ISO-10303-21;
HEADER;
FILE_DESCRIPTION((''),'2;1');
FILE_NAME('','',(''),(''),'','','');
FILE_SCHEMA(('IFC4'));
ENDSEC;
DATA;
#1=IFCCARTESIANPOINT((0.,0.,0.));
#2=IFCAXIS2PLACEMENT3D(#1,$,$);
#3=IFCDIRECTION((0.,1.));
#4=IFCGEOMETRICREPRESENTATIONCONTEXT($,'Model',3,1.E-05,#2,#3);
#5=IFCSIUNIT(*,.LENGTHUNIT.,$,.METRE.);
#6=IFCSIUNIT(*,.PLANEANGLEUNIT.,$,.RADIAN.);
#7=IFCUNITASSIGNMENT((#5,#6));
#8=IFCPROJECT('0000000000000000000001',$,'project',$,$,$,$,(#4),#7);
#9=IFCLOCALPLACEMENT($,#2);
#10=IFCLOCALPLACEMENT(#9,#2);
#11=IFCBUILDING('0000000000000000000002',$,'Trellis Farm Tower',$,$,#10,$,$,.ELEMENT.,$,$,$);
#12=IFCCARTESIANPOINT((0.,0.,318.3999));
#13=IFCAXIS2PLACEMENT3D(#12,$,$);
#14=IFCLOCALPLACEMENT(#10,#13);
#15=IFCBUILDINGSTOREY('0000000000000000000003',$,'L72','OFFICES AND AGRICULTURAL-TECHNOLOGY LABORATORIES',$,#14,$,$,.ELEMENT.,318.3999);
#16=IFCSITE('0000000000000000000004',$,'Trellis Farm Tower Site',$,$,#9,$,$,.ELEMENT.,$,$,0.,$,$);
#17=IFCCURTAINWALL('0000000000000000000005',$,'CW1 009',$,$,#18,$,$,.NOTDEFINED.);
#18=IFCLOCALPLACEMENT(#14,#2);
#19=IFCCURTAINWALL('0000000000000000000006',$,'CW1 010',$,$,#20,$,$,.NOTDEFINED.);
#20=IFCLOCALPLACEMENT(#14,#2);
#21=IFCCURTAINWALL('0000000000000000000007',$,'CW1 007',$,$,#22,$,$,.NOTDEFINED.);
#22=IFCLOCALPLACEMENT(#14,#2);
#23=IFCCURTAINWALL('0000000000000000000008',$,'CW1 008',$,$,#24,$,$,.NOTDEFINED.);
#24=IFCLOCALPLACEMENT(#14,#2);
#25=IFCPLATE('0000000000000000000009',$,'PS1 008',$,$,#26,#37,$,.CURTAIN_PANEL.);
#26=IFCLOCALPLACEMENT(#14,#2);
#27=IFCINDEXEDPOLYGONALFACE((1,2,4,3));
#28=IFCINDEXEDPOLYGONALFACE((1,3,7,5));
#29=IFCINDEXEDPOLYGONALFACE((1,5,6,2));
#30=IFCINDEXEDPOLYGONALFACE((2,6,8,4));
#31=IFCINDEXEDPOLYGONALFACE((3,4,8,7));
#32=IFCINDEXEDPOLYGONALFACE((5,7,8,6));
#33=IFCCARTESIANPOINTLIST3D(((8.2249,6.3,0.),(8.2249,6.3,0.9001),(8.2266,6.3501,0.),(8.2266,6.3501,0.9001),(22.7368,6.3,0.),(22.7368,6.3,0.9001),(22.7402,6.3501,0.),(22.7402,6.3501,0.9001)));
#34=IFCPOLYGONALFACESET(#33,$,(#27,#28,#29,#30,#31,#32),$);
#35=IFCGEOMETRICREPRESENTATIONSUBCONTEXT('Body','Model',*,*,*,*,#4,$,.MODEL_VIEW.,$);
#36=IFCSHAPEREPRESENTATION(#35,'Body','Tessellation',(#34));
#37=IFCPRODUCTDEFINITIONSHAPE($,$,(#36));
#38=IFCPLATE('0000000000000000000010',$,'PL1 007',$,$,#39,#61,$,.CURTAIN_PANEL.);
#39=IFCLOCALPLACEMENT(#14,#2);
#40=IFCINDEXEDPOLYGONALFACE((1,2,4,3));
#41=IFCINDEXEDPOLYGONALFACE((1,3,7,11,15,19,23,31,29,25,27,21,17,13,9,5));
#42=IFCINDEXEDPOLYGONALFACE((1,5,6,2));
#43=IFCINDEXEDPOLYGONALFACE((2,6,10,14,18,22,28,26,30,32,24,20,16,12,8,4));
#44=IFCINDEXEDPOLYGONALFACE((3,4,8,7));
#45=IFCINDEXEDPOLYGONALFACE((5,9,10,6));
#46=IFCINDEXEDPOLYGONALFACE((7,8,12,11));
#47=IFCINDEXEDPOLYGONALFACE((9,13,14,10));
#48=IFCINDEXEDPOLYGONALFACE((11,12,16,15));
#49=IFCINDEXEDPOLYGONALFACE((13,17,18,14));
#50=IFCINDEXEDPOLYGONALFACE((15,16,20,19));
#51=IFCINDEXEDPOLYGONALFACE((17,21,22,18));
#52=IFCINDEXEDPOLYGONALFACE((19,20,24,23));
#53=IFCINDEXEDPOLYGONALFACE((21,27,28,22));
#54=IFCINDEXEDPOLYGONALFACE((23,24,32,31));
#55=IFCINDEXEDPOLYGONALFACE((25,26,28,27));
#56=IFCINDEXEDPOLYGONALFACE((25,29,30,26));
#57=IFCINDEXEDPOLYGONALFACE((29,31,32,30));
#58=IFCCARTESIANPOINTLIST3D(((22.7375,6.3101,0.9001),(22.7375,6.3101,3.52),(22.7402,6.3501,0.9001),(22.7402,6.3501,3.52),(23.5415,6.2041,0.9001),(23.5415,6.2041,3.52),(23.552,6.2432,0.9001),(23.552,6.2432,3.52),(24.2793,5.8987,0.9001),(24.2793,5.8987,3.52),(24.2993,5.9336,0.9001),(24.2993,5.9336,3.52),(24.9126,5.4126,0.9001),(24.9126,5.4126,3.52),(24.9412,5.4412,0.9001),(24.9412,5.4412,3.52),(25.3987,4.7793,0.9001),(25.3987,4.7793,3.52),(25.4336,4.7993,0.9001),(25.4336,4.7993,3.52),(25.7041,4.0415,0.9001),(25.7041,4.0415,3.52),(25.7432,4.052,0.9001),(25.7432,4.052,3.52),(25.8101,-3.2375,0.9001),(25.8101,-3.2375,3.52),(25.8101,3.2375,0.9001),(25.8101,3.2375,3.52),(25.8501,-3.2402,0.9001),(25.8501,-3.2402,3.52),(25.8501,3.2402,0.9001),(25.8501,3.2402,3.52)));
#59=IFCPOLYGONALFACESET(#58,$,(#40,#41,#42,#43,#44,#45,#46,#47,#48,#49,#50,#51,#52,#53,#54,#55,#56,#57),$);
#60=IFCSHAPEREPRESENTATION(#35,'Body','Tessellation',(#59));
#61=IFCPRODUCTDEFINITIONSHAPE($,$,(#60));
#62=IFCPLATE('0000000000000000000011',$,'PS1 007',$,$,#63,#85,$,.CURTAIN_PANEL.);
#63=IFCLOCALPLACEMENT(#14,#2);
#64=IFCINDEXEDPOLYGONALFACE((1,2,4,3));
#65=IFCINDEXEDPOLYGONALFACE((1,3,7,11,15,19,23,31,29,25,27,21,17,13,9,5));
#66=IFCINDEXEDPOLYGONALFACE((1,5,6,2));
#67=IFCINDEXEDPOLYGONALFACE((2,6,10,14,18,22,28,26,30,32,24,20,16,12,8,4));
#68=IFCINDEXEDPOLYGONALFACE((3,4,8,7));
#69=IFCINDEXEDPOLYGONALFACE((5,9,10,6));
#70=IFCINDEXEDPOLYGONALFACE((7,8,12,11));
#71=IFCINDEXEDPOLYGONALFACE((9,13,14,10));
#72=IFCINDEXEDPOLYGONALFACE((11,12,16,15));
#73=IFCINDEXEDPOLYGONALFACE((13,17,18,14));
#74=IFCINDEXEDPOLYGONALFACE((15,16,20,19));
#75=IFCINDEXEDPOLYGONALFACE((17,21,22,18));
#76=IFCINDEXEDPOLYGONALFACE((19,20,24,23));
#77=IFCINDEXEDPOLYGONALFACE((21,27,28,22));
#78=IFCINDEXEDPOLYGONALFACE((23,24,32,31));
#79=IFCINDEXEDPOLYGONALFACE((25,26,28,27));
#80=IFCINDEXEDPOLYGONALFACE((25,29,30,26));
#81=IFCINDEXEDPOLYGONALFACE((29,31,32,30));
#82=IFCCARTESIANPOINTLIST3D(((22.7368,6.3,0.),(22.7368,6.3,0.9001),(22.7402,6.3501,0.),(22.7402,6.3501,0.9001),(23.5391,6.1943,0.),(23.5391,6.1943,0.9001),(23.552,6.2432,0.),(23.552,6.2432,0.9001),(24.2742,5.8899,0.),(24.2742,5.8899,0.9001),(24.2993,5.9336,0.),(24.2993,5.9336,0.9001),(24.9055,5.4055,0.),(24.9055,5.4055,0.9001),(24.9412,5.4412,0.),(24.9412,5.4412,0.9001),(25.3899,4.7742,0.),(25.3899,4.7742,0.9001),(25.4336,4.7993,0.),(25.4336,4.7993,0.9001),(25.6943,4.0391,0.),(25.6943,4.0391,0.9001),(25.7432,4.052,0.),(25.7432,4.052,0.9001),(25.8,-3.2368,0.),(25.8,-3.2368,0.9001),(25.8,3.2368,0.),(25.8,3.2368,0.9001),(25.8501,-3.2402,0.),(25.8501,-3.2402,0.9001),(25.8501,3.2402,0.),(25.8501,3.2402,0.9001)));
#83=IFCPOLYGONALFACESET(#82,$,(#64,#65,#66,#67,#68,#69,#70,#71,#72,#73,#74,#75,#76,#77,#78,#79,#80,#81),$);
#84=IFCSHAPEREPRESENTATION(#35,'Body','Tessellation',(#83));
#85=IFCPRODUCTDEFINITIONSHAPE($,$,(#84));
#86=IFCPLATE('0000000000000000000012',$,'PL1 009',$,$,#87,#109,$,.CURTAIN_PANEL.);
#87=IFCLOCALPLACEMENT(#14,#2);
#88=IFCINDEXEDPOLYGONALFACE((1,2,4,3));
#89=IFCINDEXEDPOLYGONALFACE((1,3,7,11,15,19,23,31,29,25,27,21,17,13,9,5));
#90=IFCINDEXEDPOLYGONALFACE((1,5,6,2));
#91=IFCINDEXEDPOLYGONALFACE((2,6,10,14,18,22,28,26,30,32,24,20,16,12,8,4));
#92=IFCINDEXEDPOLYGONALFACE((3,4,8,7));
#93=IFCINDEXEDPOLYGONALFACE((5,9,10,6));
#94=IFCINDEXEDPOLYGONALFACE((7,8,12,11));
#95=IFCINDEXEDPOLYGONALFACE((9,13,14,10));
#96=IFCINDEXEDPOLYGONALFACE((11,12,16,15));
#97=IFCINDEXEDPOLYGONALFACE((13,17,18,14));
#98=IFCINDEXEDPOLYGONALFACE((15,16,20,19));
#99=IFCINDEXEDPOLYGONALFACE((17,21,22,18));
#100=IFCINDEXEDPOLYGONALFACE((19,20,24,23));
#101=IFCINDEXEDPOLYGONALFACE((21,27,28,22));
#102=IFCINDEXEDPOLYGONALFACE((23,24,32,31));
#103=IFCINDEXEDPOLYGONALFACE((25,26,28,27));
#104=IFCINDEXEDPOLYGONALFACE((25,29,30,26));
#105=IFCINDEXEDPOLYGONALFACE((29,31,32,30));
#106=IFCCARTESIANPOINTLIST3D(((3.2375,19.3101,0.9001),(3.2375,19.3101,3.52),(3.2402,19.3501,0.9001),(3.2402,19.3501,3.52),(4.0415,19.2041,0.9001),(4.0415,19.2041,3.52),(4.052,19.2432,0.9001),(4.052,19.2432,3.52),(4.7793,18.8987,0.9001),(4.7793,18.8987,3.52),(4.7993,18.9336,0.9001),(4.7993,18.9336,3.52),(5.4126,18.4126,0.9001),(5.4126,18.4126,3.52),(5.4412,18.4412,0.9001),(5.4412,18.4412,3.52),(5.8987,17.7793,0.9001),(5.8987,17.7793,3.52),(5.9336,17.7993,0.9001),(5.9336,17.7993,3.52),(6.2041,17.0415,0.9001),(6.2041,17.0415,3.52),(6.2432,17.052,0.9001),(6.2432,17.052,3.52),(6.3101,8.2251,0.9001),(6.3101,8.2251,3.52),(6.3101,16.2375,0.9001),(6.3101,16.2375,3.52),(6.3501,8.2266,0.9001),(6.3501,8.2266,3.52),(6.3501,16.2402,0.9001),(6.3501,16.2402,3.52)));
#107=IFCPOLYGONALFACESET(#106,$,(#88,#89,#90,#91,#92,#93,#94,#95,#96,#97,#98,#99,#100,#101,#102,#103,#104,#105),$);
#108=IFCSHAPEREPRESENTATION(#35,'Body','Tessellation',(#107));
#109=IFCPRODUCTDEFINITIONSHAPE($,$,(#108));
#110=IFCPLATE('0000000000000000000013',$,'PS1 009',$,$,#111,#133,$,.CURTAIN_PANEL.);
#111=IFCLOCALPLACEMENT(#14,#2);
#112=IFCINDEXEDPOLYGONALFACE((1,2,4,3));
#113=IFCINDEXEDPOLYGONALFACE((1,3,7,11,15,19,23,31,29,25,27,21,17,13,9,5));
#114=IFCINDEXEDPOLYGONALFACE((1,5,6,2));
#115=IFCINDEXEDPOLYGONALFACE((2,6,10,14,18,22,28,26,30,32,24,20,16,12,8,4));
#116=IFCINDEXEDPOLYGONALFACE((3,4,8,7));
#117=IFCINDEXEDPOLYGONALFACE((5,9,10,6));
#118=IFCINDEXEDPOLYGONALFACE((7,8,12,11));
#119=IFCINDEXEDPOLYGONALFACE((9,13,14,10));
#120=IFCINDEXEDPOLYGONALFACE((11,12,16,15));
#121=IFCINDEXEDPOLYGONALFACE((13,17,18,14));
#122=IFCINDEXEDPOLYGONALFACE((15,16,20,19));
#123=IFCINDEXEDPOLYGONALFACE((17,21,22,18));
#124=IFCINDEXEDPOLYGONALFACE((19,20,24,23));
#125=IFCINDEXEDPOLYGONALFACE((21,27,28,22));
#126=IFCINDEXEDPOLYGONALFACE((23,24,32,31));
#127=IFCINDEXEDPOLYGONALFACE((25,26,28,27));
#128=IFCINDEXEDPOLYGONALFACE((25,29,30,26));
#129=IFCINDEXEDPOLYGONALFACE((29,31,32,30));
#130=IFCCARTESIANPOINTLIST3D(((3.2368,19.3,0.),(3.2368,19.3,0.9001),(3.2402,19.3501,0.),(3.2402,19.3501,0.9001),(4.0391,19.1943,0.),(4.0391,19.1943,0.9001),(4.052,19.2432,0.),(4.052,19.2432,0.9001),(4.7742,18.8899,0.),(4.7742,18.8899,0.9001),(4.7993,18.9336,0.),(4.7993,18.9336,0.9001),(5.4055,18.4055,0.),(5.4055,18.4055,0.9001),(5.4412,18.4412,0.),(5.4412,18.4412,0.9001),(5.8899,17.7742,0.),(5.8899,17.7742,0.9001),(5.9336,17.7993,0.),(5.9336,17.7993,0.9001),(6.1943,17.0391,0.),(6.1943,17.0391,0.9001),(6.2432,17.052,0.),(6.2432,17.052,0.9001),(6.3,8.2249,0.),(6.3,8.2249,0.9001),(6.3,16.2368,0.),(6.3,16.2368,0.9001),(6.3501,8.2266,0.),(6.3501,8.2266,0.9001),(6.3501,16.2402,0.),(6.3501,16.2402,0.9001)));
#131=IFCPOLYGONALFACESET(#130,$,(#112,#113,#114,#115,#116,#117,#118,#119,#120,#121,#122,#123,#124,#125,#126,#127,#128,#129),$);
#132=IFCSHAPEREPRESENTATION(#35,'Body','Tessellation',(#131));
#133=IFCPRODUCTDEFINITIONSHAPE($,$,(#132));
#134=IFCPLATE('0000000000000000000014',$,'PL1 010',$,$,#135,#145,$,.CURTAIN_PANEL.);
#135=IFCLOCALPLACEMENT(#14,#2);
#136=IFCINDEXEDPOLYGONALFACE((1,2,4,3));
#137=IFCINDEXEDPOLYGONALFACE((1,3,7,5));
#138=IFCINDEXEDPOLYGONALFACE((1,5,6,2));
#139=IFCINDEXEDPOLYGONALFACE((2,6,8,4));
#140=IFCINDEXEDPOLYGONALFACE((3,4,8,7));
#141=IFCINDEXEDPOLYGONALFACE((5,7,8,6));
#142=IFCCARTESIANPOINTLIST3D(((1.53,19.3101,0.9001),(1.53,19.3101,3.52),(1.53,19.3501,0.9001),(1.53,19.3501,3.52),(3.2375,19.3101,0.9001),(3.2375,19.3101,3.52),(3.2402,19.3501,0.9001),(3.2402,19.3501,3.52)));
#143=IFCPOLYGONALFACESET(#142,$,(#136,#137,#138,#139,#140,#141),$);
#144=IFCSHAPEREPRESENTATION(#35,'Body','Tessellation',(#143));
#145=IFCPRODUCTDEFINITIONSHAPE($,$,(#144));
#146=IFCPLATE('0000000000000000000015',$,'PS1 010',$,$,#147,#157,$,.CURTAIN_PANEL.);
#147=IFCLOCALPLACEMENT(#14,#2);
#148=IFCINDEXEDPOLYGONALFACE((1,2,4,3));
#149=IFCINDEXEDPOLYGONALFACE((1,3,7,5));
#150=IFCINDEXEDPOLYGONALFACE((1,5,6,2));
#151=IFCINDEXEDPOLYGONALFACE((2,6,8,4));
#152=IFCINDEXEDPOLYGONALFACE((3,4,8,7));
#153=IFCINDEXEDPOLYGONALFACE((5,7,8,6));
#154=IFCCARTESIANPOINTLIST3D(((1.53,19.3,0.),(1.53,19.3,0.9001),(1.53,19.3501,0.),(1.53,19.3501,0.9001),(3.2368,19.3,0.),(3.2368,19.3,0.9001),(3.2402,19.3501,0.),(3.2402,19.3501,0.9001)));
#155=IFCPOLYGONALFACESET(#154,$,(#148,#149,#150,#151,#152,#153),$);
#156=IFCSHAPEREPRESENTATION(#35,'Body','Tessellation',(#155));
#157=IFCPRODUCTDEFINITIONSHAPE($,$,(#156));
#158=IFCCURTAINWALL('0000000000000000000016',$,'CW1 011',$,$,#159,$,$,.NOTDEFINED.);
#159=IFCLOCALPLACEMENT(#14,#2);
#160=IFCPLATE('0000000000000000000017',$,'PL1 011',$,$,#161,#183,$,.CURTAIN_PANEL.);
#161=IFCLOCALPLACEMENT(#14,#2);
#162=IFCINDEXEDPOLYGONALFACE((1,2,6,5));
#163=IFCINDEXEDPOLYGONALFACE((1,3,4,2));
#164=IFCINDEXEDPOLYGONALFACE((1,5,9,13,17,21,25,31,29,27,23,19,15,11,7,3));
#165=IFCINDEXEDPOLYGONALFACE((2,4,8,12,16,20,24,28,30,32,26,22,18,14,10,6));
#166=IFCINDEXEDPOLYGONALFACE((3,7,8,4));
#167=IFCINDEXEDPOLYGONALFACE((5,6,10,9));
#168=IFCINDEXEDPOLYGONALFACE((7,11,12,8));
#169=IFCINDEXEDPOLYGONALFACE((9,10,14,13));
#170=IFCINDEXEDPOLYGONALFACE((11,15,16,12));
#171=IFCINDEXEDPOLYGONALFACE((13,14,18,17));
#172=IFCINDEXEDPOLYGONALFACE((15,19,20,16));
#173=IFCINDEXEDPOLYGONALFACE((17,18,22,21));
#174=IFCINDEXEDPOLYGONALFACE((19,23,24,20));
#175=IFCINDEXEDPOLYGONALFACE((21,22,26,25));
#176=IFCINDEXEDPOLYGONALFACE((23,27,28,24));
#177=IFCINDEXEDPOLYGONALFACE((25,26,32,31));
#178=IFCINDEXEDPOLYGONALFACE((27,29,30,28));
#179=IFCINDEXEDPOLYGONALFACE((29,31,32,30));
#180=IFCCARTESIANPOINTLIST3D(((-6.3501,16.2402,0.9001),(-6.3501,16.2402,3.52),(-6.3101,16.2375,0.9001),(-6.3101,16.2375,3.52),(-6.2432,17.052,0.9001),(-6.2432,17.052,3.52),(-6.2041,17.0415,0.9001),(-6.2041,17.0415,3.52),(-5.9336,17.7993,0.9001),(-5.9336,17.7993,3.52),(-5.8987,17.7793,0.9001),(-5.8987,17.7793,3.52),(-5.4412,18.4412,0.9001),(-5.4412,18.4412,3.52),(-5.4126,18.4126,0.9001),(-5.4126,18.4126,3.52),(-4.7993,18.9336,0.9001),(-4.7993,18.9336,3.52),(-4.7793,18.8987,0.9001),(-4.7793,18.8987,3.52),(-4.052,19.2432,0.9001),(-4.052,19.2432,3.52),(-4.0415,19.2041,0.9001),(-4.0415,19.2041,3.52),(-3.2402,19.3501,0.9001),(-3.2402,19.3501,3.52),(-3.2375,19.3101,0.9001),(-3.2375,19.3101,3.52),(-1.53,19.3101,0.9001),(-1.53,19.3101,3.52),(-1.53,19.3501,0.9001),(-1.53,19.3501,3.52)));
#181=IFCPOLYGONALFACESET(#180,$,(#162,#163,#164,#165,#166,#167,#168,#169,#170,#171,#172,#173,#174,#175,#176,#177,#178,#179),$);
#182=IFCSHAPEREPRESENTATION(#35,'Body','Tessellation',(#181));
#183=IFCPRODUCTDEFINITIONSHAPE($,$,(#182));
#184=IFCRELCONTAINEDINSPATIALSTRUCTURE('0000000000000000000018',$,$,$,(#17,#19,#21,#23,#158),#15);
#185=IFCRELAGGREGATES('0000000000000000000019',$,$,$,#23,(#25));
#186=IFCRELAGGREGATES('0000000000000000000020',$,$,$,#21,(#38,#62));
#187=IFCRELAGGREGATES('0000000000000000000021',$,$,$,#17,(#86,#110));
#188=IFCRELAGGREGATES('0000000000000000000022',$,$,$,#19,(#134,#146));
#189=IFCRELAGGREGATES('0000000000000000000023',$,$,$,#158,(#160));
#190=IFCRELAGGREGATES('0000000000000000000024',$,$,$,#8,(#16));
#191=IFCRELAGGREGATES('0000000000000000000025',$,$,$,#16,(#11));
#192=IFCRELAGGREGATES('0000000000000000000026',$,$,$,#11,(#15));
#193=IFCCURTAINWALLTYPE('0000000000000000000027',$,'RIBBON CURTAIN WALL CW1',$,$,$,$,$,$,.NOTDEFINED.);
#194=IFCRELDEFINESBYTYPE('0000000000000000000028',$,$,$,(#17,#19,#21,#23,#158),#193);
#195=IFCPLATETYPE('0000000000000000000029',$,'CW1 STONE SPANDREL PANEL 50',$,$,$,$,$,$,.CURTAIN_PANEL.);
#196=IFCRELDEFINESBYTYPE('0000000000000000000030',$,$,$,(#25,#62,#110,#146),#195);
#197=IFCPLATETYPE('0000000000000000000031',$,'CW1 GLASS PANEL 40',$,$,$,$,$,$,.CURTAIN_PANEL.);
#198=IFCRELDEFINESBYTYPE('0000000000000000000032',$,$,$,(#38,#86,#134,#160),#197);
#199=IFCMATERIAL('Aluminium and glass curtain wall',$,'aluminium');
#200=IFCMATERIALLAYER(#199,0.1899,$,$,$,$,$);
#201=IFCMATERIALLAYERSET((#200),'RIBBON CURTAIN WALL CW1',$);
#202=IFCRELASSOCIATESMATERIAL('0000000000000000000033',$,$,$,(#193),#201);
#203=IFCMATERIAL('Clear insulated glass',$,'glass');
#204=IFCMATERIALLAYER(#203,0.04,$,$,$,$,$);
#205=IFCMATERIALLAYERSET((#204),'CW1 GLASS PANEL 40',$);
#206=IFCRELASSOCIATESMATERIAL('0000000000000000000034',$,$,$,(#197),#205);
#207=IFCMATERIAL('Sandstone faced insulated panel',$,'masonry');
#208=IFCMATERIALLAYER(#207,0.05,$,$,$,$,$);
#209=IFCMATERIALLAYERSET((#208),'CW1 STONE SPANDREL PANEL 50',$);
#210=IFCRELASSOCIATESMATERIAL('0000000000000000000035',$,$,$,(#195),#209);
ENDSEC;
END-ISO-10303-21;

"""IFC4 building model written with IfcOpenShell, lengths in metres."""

from ifc_helpers import new_model, si_unit, direction, frame, origin, place, context, subcontext, project, spatial, polyline, outline, extrude, source, transform, mapped, material, layer, layer_set, type_object, element, aggregate, save


model = new_model("IFC4")

# Units and contexts
model_context = context("Model", 3, precision=1e-05, world=origin(), true_north=direction((0.0, 1.0)))
body_context = subcontext(model_context, "Body", "Model", "MODEL_VIEW")
ifc_project = project(units=[si_unit("LENGTHUNIT", "METRE"), si_unit("PLANEANGLEUNIT", "RADIAN")], contexts=[model_context])

# Site, building, storey
site_placement = place(None, origin())
site = spatial("IfcSite", under=ifc_project, at=site_placement, Name="Trellis Farm Tower Site", CompositionType="ELEMENT", RefElevation=0.0)
building_placement = place(site_placement, origin())
building = spatial("IfcBuilding", under=site, at=building_placement, Name="Trellis Farm Tower", CompositionType="ELEMENT")
storey_placement = place(building_placement, frame((0.0, 0.0, 318.3999)))
storey = spatial("IfcBuildingStorey", under=building, at=storey_placement, Name="L72", Description="OFFICES AND AGRICULTURAL-TECHNOLOGY LABORATORIES", CompositionType="ELEMENT", Elevation=318.3999)

# Curtain walls
ifc_material_1 = material(Name="Aluminium and glass curtain wall", Category="aluminium")
ifc_layer_1 = layer(ifc_material_1, 0.1899)
ifc_layer_set_1 = layer_set([ifc_layer_1], Name="RIBBON CURTAIN WALL CW1")
curtain_wall_type_1 = type_object("IfcCurtainWallType", Name="RIBBON CURTAIN WALL CW1", PredefinedType="NOTDEFINED", material=ifc_layer_set_1)
placement_1 = place(storey_placement, origin())
curtain_wall_1 = element("IfcCurtainWall", 1, at=placement_1, inside=storey, type_object=curtain_wall_type_1, Name="CW1 009", PredefinedType="NOTDEFINED")
curtain_wall_2 = element("IfcCurtainWall", 2, at=placement_1, inside=storey, type_object=curtain_wall_type_1, Name="CW1 010", PredefinedType="NOTDEFINED")
curtain_wall_3 = element("IfcCurtainWall", 3, at=placement_1, inside=storey, type_object=curtain_wall_type_1, Name="CW1 007", PredefinedType="NOTDEFINED")
curtain_wall_4 = element("IfcCurtainWall", 4, at=placement_1, inside=storey, type_object=curtain_wall_type_1, Name="CW1 008", PredefinedType="NOTDEFINED")

# Plates
ifc_material_2 = material(Name="Clear insulated glass", Category="glass")
ifc_layer_2 = layer(ifc_material_2, 0.04)
ifc_layer_set_2 = layer_set([ifc_layer_2], Name="CW1 GLASS PANEL 40")
plate_type_1 = type_object("IfcPlateType", Name="CW1 GLASS PANEL 40", PredefinedType="CURTAIN_PANEL", material=ifc_layer_set_2)
placement_2 = place(storey_placement, frame((0.0, 0.0, 0.9001)))
ifc_material_3 = material(Name="Sandstone faced insulated panel", Category="masonry")
ifc_layer_3 = layer(ifc_material_3, 0.05)
ifc_layer_set_3 = layer_set([ifc_layer_3], Name="CW1 STONE SPANDREL PANEL 50")
plate_type_2 = type_object("IfcPlateType", Name="CW1 STONE SPANDREL PANEL 50", PredefinedType="CURTAIN_PANEL", material=ifc_layer_set_3)
shared_shape_1 = source(origin(), body_context, "Body", "SweptSolid", [
    extrude(outline(polyline([(22.7402, 6.3501), (8.2266, 6.3501), (8.2249, 6.3), (22.7368, 6.3), (22.7402, 6.3501)])), origin(), (0.0, 0.0, 1.0), 0.9001),
])
plate_1 = element("IfcPlate", 5, at=placement_1, type_object=plate_type_2, Name="PS1 008", PredefinedType="CURTAIN_PANEL", context=body_context, shape_type="MappedRepresentation", body=[
    mapped(shared_shape_1, transform((0.0, 0.0, 0.0))),
])
aggregate(curtain_wall_4, [plate_1])
shared_shape_2 = source(origin(), body_context, "Body", "SweptSolid", [
    extrude(outline(polyline([(25.8501, -3.2402), (25.8501, 3.2402), (25.7432, 4.052), (25.4336, 4.7993), (24.9412, 5.4412), (24.2993, 5.9336), (23.552, 6.2432), (22.7402, 6.3501), (22.7375, 6.3101), (23.5415, 6.2041), (24.2793, 5.8987), (24.9126, 5.4126), (25.3987, 4.7793), (25.7041, 4.0415), (25.8101, 3.2375), (25.8101, -3.2375), (25.8501, -3.2402)])), origin(), (0.0, 0.0, 1.0), 2.6199),
])
plate_2 = element("IfcPlate", 6, at=placement_2, type_object=plate_type_1, Name="PL1 007", PredefinedType="CURTAIN_PANEL", context=body_context, shape_type="MappedRepresentation", body=[
    mapped(shared_shape_2, transform((0.0, 0.0, 0.0))),
])
shared_shape_3 = source(origin(), body_context, "Body", "SweptSolid", [
    extrude(outline(polyline([(25.8501, -3.2402), (25.8501, 3.2402), (25.7432, 4.052), (25.4336, 4.7993), (24.9412, 5.4412), (24.2993, 5.9336), (23.552, 6.2432), (22.7402, 6.3501), (22.7368, 6.3), (23.5391, 6.1943), (24.2742, 5.8899), (24.9055, 5.4055), (25.3899, 4.7742), (25.6943, 4.0391), (25.8, 3.2368), (25.8, -3.2368), (25.8501, -3.2402)])), origin(), (0.0, 0.0, 1.0), 0.9001),
])
plate_3 = element("IfcPlate", 7, at=placement_1, type_object=plate_type_2, Name="PS1 007", PredefinedType="CURTAIN_PANEL", context=body_context, shape_type="MappedRepresentation", body=[
    mapped(shared_shape_3, transform((0.0, 0.0, 0.0))),
])
aggregate(curtain_wall_3, [plate_2, plate_3])
shared_shape_4 = source(origin(), body_context, "Body", "SweptSolid", [
    extrude(outline(polyline([(6.3501, 8.2266), (6.3501, 16.2402), (6.2432, 17.052), (5.9336, 17.7993), (5.4412, 18.4412), (4.7993, 18.9336), (4.052, 19.2432), (3.2402, 19.3501), (3.2375, 19.3101), (4.0415, 19.2041), (4.7793, 18.8987), (5.4126, 18.4126), (5.8987, 17.7793), (6.2041, 17.0415), (6.3101, 16.2375), (6.3101, 8.2251), (6.3501, 8.2266)])), origin(), (0.0, 0.0, 1.0), 2.6199),
])
plate_4 = element("IfcPlate", 8, at=placement_2, type_object=plate_type_1, Name="PL1 009", PredefinedType="CURTAIN_PANEL", context=body_context, shape_type="MappedRepresentation", body=[
    mapped(shared_shape_4, transform((0.0, 0.0, 0.0))),
])
shared_shape_5 = source(origin(), body_context, "Body", "SweptSolid", [
    extrude(outline(polyline([(6.3501, 8.2266), (6.3501, 16.2402), (6.2432, 17.052), (5.9336, 17.7993), (5.4412, 18.4412), (4.7993, 18.9336), (4.052, 19.2432), (3.2402, 19.3501), (3.2368, 19.3), (4.0391, 19.1943), (4.7742, 18.8899), (5.4055, 18.4055), (5.8899, 17.7742), (6.1943, 17.0391), (6.3, 16.2368), (6.3, 8.2249), (6.3501, 8.2266)])), origin(), (0.0, 0.0, 1.0), 0.9001),
])
plate_5 = element("IfcPlate", 9, at=placement_1, type_object=plate_type_2, Name="PS1 009", PredefinedType="CURTAIN_PANEL", context=body_context, shape_type="MappedRepresentation", body=[
    mapped(shared_shape_5, transform((0.0, 0.0, 0.0))),
])
aggregate(curtain_wall_1, [plate_4, plate_5])
shared_shape_6 = source(origin(), body_context, "Body", "SweptSolid", [
    extrude(outline(polyline([(3.2402, 19.3501), (1.53, 19.3501), (1.53, 19.3101), (3.2375, 19.3101), (3.2402, 19.3501)])), origin(), (0.0, 0.0, 1.0), 2.6199),
])
plate_6 = element("IfcPlate", 10, at=placement_2, type_object=plate_type_1, Name="PL1 010", PredefinedType="CURTAIN_PANEL", context=body_context, shape_type="MappedRepresentation", body=[
    mapped(shared_shape_6, transform((0.0, 0.0, 0.0))),
])
shared_shape_7 = source(origin(), body_context, "Body", "SweptSolid", [
    extrude(outline(polyline([(3.2402, 19.3501), (1.53, 19.3501), (1.53, 19.3), (3.2368, 19.3), (3.2402, 19.3501)])), origin(), (0.0, 0.0, 1.0), 0.9001),
])
plate_7 = element("IfcPlate", 11, at=placement_1, type_object=plate_type_2, Name="PS1 010", PredefinedType="CURTAIN_PANEL", context=body_context, shape_type="MappedRepresentation", body=[
    mapped(shared_shape_7, transform((0.0, 0.0, 0.0))),
])
aggregate(curtain_wall_2, [plate_6, plate_7])

# Curtain wall, plate
curtain_wall_5 = element("IfcCurtainWall", 12, at=placement_1, inside=storey, type_object=curtain_wall_type_1, Name="CW1 011", PredefinedType="NOTDEFINED")
shared_shape_8 = source(origin(), body_context, "Body", "SweptSolid", [
    extrude(outline(polyline([(-1.53, 19.3501), (-3.2402, 19.3501), (-4.052, 19.2432), (-4.7993, 18.9336), (-5.4412, 18.4412), (-5.9336, 17.7993), (-6.2432, 17.052), (-6.3501, 16.2402), (-6.3101, 16.2375), (-6.2041, 17.0415), (-5.8987, 17.7793), (-5.4126, 18.4126), (-4.7793, 18.8987), (-4.0415, 19.2041), (-3.2375, 19.3101), (-1.53, 19.3101), (-1.53, 19.3501)])), origin(), (0.0, 0.0, 1.0), 2.6199),
])
plate_8 = element("IfcPlate", 13, at=placement_2, type_object=plate_type_1, Name="PL1 011", PredefinedType="CURTAIN_PANEL", context=body_context, shape_type="MappedRepresentation", body=[
    mapped(shared_shape_8, transform((0.0, 0.0, 0.0))),
])
aggregate(curtain_wall_5, [plate_8])

save(model, "model.ifc")
